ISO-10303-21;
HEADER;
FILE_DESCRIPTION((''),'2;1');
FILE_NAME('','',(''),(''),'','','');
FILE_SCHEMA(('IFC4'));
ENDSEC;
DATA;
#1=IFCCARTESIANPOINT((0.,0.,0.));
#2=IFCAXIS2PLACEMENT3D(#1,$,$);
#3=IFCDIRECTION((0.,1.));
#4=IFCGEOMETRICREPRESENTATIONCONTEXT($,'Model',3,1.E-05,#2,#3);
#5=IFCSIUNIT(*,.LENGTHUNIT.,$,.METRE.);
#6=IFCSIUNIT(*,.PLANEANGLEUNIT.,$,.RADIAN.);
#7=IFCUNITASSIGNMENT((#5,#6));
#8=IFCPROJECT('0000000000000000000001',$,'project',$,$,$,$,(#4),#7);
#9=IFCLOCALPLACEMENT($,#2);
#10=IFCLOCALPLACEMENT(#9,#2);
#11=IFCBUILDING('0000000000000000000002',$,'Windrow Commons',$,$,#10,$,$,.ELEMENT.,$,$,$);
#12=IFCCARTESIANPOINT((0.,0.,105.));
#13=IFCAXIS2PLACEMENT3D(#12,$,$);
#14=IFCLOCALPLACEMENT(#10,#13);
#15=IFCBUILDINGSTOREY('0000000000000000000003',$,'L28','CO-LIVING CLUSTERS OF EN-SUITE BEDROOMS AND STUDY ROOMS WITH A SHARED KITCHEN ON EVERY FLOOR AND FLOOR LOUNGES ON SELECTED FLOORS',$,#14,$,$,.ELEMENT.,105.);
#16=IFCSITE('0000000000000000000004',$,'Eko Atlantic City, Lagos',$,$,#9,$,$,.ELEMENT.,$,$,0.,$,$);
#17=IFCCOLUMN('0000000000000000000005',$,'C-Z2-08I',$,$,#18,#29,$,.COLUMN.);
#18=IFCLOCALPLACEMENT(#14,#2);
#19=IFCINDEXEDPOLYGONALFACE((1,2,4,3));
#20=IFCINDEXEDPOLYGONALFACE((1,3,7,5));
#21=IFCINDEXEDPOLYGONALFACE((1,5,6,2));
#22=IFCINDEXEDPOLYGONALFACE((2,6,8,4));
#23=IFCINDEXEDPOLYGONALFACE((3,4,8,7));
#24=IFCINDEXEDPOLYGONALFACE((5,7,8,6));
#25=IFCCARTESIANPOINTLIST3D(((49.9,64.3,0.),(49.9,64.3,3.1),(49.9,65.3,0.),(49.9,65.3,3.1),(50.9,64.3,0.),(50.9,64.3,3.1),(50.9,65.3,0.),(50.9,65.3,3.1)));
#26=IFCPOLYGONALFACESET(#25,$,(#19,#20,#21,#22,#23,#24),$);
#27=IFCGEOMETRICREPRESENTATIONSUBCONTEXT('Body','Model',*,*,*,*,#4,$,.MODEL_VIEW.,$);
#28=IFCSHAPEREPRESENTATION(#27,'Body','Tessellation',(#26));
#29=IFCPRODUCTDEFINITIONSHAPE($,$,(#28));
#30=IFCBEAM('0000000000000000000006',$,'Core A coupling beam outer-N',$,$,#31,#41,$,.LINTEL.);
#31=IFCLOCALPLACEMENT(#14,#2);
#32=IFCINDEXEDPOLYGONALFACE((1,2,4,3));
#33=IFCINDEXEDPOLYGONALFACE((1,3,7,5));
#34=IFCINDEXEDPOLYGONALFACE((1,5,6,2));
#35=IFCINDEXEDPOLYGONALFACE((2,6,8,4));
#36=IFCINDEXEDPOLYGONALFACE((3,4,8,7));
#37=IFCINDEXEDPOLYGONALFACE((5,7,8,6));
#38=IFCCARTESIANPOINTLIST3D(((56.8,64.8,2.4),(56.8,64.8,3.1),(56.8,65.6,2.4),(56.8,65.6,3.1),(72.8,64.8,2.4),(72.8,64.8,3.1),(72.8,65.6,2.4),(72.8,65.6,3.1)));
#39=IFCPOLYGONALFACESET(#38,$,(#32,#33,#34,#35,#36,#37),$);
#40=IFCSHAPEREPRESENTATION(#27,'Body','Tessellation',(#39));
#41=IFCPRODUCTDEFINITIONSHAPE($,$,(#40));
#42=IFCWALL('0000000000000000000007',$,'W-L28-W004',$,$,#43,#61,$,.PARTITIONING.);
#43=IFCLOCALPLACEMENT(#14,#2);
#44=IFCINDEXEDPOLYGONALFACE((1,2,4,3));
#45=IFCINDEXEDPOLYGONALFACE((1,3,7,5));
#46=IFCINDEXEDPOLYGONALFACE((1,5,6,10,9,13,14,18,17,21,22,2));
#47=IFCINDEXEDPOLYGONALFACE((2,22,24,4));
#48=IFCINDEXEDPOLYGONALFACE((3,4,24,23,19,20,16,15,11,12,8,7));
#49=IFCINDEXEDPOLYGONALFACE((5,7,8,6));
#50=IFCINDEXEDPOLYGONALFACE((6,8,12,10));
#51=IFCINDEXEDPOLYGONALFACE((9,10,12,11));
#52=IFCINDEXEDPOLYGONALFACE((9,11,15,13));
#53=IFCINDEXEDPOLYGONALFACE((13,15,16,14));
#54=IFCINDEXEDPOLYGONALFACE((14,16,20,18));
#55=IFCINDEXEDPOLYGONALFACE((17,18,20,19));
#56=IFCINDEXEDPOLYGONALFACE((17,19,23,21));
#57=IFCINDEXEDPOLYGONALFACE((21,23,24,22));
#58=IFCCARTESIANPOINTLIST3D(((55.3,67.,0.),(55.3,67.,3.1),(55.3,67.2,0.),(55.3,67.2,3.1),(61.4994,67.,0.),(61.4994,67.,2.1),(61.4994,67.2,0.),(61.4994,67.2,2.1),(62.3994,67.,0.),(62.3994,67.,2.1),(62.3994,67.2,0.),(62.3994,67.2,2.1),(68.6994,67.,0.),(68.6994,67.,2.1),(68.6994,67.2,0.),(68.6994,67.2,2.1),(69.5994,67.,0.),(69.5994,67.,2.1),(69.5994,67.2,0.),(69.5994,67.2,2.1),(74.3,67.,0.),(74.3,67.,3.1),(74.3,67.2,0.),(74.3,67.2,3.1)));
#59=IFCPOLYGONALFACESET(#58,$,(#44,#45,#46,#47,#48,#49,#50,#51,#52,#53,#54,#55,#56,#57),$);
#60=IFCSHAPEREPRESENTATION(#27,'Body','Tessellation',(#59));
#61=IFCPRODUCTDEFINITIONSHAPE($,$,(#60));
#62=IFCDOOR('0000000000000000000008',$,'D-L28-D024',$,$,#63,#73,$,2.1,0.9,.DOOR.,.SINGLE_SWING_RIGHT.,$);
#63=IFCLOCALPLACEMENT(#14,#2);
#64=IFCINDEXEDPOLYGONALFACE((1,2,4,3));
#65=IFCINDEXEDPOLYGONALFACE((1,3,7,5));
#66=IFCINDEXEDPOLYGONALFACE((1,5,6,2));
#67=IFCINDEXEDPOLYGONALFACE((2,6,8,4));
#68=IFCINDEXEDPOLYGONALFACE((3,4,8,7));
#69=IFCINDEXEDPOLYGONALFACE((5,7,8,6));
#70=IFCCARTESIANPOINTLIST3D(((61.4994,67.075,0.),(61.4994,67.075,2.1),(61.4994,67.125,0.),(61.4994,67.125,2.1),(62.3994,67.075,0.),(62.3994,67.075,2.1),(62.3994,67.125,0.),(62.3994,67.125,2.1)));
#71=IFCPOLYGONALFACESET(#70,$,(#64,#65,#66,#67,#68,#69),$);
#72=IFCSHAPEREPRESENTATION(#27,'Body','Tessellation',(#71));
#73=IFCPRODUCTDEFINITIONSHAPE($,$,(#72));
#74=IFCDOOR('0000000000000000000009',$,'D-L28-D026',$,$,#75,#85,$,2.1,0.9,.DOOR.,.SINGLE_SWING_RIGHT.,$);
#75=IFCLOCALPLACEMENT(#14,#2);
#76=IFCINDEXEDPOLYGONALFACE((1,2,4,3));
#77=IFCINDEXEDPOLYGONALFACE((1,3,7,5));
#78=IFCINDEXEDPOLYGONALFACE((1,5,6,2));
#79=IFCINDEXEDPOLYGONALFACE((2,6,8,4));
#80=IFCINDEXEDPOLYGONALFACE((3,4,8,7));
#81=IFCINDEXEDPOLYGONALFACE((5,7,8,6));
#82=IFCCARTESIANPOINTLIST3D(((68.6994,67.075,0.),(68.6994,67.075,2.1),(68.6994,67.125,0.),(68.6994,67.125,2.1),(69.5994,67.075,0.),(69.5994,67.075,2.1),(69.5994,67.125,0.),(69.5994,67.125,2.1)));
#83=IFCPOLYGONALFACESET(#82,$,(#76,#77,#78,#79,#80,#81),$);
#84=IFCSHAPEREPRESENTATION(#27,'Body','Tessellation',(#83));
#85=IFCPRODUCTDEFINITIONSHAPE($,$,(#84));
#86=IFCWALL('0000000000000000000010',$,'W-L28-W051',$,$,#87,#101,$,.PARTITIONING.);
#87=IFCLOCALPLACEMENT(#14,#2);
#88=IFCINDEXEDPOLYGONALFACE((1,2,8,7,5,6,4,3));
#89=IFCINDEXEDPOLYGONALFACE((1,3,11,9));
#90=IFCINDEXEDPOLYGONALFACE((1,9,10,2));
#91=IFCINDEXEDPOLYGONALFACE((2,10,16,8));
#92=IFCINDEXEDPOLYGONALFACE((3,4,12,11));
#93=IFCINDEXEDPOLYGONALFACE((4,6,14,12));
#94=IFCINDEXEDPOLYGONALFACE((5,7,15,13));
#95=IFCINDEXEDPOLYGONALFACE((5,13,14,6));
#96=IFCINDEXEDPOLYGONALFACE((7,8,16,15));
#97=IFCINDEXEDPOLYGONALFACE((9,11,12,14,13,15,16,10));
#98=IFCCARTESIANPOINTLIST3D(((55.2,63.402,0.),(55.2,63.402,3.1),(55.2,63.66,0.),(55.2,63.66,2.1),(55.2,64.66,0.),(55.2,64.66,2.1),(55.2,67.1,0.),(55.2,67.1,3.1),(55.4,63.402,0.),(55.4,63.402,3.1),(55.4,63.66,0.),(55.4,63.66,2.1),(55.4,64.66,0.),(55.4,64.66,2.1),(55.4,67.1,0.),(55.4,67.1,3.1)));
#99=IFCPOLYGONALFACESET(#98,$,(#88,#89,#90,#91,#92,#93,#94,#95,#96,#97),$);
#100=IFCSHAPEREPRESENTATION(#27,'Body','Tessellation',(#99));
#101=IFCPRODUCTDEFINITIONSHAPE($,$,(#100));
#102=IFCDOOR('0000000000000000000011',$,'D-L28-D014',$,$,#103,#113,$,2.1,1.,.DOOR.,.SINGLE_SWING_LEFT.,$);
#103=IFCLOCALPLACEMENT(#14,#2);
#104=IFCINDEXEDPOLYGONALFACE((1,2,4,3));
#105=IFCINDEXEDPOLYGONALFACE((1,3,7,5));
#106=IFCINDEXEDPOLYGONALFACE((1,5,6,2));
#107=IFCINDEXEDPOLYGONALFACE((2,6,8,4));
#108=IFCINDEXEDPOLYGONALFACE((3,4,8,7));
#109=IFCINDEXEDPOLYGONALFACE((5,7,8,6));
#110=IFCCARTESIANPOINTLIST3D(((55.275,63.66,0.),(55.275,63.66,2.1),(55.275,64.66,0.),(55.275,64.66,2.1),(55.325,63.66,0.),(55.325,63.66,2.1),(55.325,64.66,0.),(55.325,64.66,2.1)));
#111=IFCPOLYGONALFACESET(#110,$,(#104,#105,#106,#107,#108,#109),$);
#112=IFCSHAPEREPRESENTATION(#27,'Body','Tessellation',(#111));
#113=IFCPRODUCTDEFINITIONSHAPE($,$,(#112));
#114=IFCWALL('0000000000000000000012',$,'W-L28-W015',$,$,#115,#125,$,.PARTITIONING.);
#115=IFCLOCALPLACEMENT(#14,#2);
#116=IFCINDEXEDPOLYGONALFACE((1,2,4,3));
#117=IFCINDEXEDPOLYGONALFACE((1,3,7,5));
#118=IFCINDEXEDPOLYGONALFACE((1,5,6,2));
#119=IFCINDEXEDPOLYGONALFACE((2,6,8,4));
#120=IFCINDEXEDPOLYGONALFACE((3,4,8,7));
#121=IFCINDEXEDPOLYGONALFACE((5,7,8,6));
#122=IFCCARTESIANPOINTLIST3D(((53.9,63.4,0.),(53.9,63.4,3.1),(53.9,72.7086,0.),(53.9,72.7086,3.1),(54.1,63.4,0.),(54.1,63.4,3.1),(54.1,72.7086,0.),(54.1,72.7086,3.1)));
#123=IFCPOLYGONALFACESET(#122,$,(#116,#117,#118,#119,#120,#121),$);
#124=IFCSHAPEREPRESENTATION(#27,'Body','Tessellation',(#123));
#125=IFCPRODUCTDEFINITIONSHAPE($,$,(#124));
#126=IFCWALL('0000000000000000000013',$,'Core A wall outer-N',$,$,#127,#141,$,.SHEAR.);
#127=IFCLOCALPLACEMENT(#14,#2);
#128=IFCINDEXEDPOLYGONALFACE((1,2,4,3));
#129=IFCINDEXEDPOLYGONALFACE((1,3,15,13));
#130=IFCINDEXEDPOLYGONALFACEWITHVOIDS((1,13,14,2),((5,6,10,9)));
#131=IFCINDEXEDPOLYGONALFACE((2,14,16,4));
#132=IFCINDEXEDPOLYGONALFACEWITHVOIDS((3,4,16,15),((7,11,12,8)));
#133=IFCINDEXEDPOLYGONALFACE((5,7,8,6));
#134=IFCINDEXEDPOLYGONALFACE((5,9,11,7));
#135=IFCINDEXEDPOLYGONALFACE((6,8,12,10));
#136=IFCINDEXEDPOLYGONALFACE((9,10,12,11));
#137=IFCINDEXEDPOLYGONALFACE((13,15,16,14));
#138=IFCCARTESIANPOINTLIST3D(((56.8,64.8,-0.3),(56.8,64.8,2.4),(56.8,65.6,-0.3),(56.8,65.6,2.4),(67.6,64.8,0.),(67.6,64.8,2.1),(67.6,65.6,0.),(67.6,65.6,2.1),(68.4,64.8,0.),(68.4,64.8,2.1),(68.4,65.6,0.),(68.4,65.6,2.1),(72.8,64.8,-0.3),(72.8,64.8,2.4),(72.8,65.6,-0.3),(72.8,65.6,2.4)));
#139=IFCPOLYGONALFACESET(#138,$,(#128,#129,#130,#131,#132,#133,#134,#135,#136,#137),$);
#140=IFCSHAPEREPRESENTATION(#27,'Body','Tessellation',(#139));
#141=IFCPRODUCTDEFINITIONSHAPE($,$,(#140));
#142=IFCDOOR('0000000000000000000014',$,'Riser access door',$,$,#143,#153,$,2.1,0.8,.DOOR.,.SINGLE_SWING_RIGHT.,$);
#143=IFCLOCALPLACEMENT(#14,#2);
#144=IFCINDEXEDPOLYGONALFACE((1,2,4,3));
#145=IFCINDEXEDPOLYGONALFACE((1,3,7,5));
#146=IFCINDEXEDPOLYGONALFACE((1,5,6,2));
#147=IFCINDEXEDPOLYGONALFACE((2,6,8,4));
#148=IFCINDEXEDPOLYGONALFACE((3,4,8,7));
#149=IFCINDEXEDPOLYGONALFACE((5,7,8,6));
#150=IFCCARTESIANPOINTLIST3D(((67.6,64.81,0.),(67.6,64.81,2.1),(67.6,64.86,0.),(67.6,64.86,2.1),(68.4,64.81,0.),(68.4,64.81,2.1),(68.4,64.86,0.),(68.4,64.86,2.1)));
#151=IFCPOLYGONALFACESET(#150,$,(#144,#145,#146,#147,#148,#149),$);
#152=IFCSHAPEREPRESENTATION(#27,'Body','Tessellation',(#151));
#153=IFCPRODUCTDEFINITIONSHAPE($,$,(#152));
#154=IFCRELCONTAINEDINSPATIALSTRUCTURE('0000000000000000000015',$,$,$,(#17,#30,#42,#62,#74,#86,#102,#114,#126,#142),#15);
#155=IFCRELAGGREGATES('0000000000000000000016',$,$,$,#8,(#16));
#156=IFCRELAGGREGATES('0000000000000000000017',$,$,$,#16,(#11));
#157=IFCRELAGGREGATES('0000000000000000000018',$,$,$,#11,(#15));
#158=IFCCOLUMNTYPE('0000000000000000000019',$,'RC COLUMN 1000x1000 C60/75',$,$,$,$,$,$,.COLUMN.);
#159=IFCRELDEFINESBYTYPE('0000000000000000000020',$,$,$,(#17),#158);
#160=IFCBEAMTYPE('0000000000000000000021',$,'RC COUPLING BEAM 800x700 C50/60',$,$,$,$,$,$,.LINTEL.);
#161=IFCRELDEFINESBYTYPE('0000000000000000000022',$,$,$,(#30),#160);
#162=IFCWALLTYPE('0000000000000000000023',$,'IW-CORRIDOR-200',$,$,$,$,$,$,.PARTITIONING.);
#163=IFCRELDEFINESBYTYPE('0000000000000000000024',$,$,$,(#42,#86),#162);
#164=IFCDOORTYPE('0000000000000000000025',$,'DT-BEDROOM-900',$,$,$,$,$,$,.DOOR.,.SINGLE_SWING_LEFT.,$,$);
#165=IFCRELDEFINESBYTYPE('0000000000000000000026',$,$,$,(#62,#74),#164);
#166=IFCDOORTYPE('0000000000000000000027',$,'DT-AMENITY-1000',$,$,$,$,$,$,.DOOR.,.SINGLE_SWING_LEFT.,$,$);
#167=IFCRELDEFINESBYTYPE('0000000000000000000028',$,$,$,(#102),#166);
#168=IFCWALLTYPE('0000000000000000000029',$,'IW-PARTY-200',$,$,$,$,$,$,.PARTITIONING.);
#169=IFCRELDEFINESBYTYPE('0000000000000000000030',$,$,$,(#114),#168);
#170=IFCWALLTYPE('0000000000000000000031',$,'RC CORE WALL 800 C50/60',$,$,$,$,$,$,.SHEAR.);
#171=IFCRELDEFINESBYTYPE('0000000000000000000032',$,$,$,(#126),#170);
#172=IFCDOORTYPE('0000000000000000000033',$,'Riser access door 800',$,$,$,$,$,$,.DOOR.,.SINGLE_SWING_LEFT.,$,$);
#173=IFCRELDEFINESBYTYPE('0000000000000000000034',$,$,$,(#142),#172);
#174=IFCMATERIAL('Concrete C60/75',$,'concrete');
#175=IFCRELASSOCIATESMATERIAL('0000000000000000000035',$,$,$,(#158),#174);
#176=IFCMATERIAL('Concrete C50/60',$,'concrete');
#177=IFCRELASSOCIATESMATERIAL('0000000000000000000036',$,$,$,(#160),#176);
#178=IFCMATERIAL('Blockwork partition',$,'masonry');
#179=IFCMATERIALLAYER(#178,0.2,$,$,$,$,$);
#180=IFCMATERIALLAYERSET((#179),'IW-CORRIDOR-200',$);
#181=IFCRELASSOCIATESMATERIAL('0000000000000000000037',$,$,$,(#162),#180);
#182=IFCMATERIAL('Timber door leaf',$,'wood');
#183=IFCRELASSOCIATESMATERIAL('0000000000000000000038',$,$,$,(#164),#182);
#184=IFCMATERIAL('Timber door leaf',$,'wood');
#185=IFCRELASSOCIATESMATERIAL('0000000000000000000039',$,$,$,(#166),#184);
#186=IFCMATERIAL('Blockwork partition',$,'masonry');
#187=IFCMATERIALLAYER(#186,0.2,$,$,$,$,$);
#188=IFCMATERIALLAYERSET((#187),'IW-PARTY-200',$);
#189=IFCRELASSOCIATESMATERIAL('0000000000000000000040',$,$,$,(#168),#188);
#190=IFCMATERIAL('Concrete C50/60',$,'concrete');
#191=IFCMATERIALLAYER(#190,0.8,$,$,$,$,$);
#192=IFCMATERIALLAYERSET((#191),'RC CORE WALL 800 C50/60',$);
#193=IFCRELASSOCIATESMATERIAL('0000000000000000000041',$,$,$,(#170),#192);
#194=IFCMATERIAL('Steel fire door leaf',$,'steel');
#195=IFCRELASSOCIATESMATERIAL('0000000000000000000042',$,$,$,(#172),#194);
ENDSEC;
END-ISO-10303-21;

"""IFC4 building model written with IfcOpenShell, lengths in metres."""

from ifc_helpers import new_model, si_unit, direction, frame, frame_2d, origin, origin_2d, place, context, subcontext, project, spatial, rectangle, extrude, material, layer, layer_set, material_profile, profile_set, type_object, element, fill, save


model = new_model("IFC4")

# Units and contexts
model_context = context("Model", 3, precision=1e-05, world=origin(), true_north=direction((0.0, 1.0)))
body_context = subcontext(model_context, "Body", "Model", "MODEL_VIEW")
ifc_project = project(units=[si_unit("LENGTHUNIT", "METRE"), si_unit("PLANEANGLEUNIT", "RADIAN")], contexts=[model_context])

# Site, building, storey
site_placement = place(None, origin())
site = spatial("IfcSite", under=ifc_project, at=site_placement, Name="Eko Atlantic City, Lagos", CompositionType="ELEMENT", RefElevation=0.0)
building_placement = place(site_placement, origin())
building = spatial("IfcBuilding", under=site, at=building_placement, Name="Windrow Commons", CompositionType="ELEMENT")
storey_placement = place(building_placement, frame((0.0, 0.0, 105.0)))
storey = spatial("IfcBuildingStorey", under=building, at=storey_placement, Name="L28", Description="CO-LIVING CLUSTERS OF EN-SUITE BEDROOMS AND STUDY ROOMS WITH A SHARED KITCHEN ON EVERY FLOOR AND FLOOR LOUNGES ON SELECTED FLOORS", CompositionType="ELEMENT", Elevation=105.0)

# Column
ifc_material_1 = material(Name="Concrete C60/75", Category="concrete")
ifc_material_profile_1 = material_profile(ifc_material_1, rectangle(XDim=1.0, YDim=1.0, at=origin_2d()))
ifc_profile_set_1 = profile_set([ifc_material_profile_1], Name="Concrete C60/75")
column_type = type_object("IfcColumnType", Name="RC COLUMN 1000x1000 C60/75", PredefinedType="COLUMN", material=ifc_profile_set_1)
column_placement = place(storey_placement, frame((50.4, 64.8, 0.0), z_axis=(0.0, 0.0, 1.0), x_axis=(1.0, 0.0, 0.0)))
element("IfcColumn", 1, at=column_placement, inside=storey, type_object=column_type, Name="C-Z2-08I", PredefinedType="COLUMN", context=body_context, shape_type="SweptSolid", body=[
    extrude(rectangle(XDim=1.0, YDim=1.0, at=origin_2d()), origin(), (0.0, 0.0, 1.0), 3.1),
])

# Beam
ifc_material_2 = material(Name="Concrete C50/60", Category="concrete")
ifc_material_profile_2 = material_profile(ifc_material_2, rectangle(XDim=0.8, YDim=0.7, at=origin_2d()))
ifc_profile_set_2 = profile_set([ifc_material_profile_2], Name="Concrete C50/60")
beam_type = type_object("IfcBeamType", Name="RC COUPLING BEAM 800x700 C50/60", PredefinedType="LINTEL", material=ifc_profile_set_2)
beam_placement = place(storey_placement, frame((56.8, 65.2, 2.75), z_axis=(1.0, 0.0, 0.0), x_axis=(0.0, 1.0, 0.0)))
element("IfcBeam", 2, at=beam_placement, inside=storey, type_object=beam_type, Name="Core A coupling beam outer-N", PredefinedType="LINTEL", context=body_context, shape_type="SweptSolid", body=[
    extrude(rectangle(XDim=0.8, YDim=0.7, at=origin_2d()), origin(), (0.0, 0.0, 1.0), 16.0),
])

# Wall, openings, doors
ifc_material_3 = material(Name="Blockwork partition", Category="masonry")
ifc_layer_1 = layer(ifc_material_3, 0.2)
ifc_layer_set_1 = layer_set([ifc_layer_1], Name="IW-CORRIDOR-200")
wall_type_1 = type_object("IfcWallType", Name="IW-CORRIDOR-200", PredefinedType="PARTITIONING", material=ifc_layer_set_1)
wall_1_placement = place(storey_placement, frame((55.3, 67.1, 0.0), z_axis=(0.0, 0.0, 1.0), x_axis=(1.0, 0.0, 0.0)))
wall_1 = element("IfcWall", 3, at=wall_1_placement, inside=storey, type_object=wall_type_1, Name="W-L28-W004", PredefinedType="PARTITIONING", context=body_context, shape_type="SweptSolid", body=[
    extrude(rectangle(XDim=19.0, YDim=0.2, at=frame_2d((9.5, 0.0))), origin(), (0.0, 0.0, 1.0), 3.1),
])
opening_1_placement = place(wall_1_placement, frame((6.1994, 0.0, 0.0)))
opening_1 = element("IfcOpeningElement", 4, at=opening_1_placement, cuts=wall_1, PredefinedType="OPENING", context=body_context, shape_type="SweptSolid", body=[
    extrude(rectangle(XDim=0.9, YDim=2.1, at=frame_2d((0.45, 1.05))), frame((0.0, 0.11, 0.0), z_axis=(0.0, -1.0, 0.0), x_axis=(1.0, 0.0, 0.0)), (0.0, 0.0, 1.0), 0.22),
])
opening_2_placement = place(wall_1_placement, frame((13.3994, 0.0, 0.0)))
opening_2 = element("IfcOpeningElement", 5, at=opening_2_placement, cuts=wall_1, PredefinedType="OPENING", context=body_context, shape_type="SweptSolid", body=[
    extrude(rectangle(XDim=0.9, YDim=2.1, at=frame_2d((0.45, 1.05))), frame((0.0, 0.11, 0.0), z_axis=(0.0, -1.0, 0.0), x_axis=(1.0, 0.0, 0.0)), (0.0, 0.0, 1.0), 0.22),
])
ifc_material_4 = material(Name="Timber door leaf", Category="wood")
door_type_1 = type_object("IfcDoorType", Name="DT-BEDROOM-900", OperationType="SINGLE_SWING_LEFT", PredefinedType="DOOR", material=ifc_material_4)
door_1_placement = place(opening_1_placement, origin())
door_1 = element("IfcDoor", 6, at=door_1_placement, inside=storey, type_object=door_type_1, Name="D-L28-D024", OperationType="SINGLE_SWING_RIGHT", OverallHeight=2.1, OverallWidth=0.9, PredefinedType="DOOR", context=body_context, shape_type="SweptSolid", body=[
    extrude(rectangle(XDim=0.9, YDim=2.1, at=frame_2d((0.45, 1.05))), frame((0.0, 0.025, 0.0), z_axis=(0.0, -1.0, 0.0), x_axis=(1.0, 0.0, 0.0)), (0.0, 0.0, 1.0), 0.05),
])
fill(opening_1, door_1)
door_2_placement = place(opening_2_placement, origin())
door_2 = element("IfcDoor", 7, at=door_2_placement, inside=storey, type_object=door_type_1, Name="D-L28-D026", OperationType="SINGLE_SWING_RIGHT", OverallHeight=2.1, OverallWidth=0.9, PredefinedType="DOOR", context=body_context, shape_type="SweptSolid", body=[
    extrude(rectangle(XDim=0.9, YDim=2.1, at=frame_2d((0.45, 1.05))), frame((0.0, 0.025, 0.0), z_axis=(0.0, -1.0, 0.0), x_axis=(1.0, 0.0, 0.0)), (0.0, 0.0, 1.0), 0.05),
])
fill(opening_2, door_2)

# Wall, opening, door
wall_2_placement = place(storey_placement, frame((55.3, 63.402, 0.0), z_axis=(0.0, 0.0, 1.0), x_axis=(0.0, 1.0, 0.0)))
wall_2 = element("IfcWall", 8, at=wall_2_placement, inside=storey, type_object=wall_type_1, Name="W-L28-W051", PredefinedType="PARTITIONING", context=body_context, shape_type="SweptSolid", body=[
    extrude(rectangle(XDim=3.698, YDim=0.2, at=frame_2d((1.849, 0.0))), origin(), (0.0, 0.0, 1.0), 3.1),
])
opening_3_placement = place(wall_2_placement, frame((0.258, 0.0, 0.0)))
opening_3 = element("IfcOpeningElement", 9, at=opening_3_placement, cuts=wall_2, PredefinedType="OPENING", context=body_context, shape_type="SweptSolid", body=[
    extrude(rectangle(XDim=1.0, YDim=2.1, at=frame_2d((0.5, 1.05))), frame((0.0, 0.11, 0.0), z_axis=(0.0, -1.0, 0.0), x_axis=(1.0, 0.0, 0.0)), (0.0, 0.0, 1.0), 0.22),
])
ifc_material_5 = material(Name="Timber door leaf", Category="wood")
door_type_2 = type_object("IfcDoorType", Name="DT-AMENITY-1000", OperationType="SINGLE_SWING_LEFT", PredefinedType="DOOR", material=ifc_material_5)
door_3_placement = place(opening_3_placement, origin())
door_3 = element("IfcDoor", 10, at=door_3_placement, inside=storey, type_object=door_type_2, Name="D-L28-D014", OperationType="SINGLE_SWING_LEFT", OverallHeight=2.1, OverallWidth=1.0, PredefinedType="DOOR", context=body_context, shape_type="SweptSolid", body=[
    extrude(rectangle(XDim=1.0, YDim=2.1, at=frame_2d((0.5, 1.05))), frame((0.0, 0.025, 0.0), z_axis=(0.0, -1.0, 0.0), x_axis=(1.0, 0.0, 0.0)), (0.0, 0.0, 1.0), 0.05),
])
fill(opening_3, door_3)

# Wall
ifc_material_6 = material(Name="Blockwork partition", Category="masonry")
ifc_layer_2 = layer(ifc_material_6, 0.2)
ifc_layer_set_2 = layer_set([ifc_layer_2], Name="IW-PARTY-200")
wall_type_2 = type_object("IfcWallType", Name="IW-PARTY-200", PredefinedType="PARTITIONING", material=ifc_layer_set_2)
wall_3_placement = place(storey_placement, frame((54.0, 63.4, 0.0), z_axis=(0.0, 0.0, 1.0), x_axis=(0.0, 1.0, 0.0)))
element("IfcWall", 11, at=wall_3_placement, inside=storey, type_object=wall_type_2, Name="W-L28-W015", PredefinedType="PARTITIONING", context=body_context, shape_type="SweptSolid", body=[
    extrude(rectangle(XDim=9.3087, YDim=0.2, at=frame_2d((4.6543, 0.0))), origin(), (0.0, 0.0, 1.0), 3.1),
])

# Wall, opening, door
ifc_material_7 = material(Name="Concrete C50/60", Category="concrete")
ifc_layer_3 = layer(ifc_material_7, 0.8)
ifc_layer_set_3 = layer_set([ifc_layer_3], Name="RC CORE WALL 800 C50/60")
wall_type_3 = type_object("IfcWallType", Name="RC CORE WALL 800 C50/60", PredefinedType="SHEAR", material=ifc_layer_set_3)
wall_4_placement = place(storey_placement, frame((56.8, 65.2, -0.3), z_axis=(0.0, 0.0, 1.0), x_axis=(1.0, 0.0, 0.0)))
wall_4 = element("IfcWall", 12, at=wall_4_placement, inside=storey, type_object=wall_type_3, Name="Core A wall outer-N", PredefinedType="SHEAR", context=body_context, shape_type="SweptSolid", body=[
    extrude(rectangle(XDim=16.0, YDim=0.8, at=frame_2d((8.0, 0.0))), origin(), (0.0, 0.0, 1.0), 2.7),
])
opening_4_placement = place(wall_4_placement, frame((10.8, 0.0, 0.3)))
opening_4 = element("IfcOpeningElement", 13, at=opening_4_placement, cuts=wall_4, PredefinedType="OPENING", context=body_context, shape_type="SweptSolid", body=[
    extrude(rectangle(XDim=0.8, YDim=2.1, at=frame_2d((0.4, 1.05))), frame((0.0, 0.41, 0.0), z_axis=(0.0, -1.0, 0.0), x_axis=(1.0, 0.0, 0.0)), (0.0, 0.0, 1.0), 0.82),
])
ifc_material_8 = material(Name="Steel fire door leaf", Category="steel")
door_type_3 = type_object("IfcDoorType", Name="Riser access door 800", OperationType="SINGLE_SWING_LEFT", PredefinedType="DOOR", material=ifc_material_8)
door_4_placement = place(opening_4_placement, origin())
door_4 = element("IfcDoor", 14, at=door_4_placement, inside=storey, type_object=door_type_3, Name="Riser access door", OperationType="SINGLE_SWING_RIGHT", OverallHeight=2.1, OverallWidth=0.8, PredefinedType="DOOR", context=body_context, shape_type="SweptSolid", body=[
    extrude(rectangle(XDim=0.8, YDim=2.1, at=frame_2d((0.4, 1.05))), frame((0.0, -0.34, 0.0), z_axis=(0.0, -1.0, 0.0), x_axis=(1.0, 0.0, 0.0)), (0.0, 0.0, 1.0), 0.05),
])
fill(opening_4, door_4)

save(model, "model.ifc")
